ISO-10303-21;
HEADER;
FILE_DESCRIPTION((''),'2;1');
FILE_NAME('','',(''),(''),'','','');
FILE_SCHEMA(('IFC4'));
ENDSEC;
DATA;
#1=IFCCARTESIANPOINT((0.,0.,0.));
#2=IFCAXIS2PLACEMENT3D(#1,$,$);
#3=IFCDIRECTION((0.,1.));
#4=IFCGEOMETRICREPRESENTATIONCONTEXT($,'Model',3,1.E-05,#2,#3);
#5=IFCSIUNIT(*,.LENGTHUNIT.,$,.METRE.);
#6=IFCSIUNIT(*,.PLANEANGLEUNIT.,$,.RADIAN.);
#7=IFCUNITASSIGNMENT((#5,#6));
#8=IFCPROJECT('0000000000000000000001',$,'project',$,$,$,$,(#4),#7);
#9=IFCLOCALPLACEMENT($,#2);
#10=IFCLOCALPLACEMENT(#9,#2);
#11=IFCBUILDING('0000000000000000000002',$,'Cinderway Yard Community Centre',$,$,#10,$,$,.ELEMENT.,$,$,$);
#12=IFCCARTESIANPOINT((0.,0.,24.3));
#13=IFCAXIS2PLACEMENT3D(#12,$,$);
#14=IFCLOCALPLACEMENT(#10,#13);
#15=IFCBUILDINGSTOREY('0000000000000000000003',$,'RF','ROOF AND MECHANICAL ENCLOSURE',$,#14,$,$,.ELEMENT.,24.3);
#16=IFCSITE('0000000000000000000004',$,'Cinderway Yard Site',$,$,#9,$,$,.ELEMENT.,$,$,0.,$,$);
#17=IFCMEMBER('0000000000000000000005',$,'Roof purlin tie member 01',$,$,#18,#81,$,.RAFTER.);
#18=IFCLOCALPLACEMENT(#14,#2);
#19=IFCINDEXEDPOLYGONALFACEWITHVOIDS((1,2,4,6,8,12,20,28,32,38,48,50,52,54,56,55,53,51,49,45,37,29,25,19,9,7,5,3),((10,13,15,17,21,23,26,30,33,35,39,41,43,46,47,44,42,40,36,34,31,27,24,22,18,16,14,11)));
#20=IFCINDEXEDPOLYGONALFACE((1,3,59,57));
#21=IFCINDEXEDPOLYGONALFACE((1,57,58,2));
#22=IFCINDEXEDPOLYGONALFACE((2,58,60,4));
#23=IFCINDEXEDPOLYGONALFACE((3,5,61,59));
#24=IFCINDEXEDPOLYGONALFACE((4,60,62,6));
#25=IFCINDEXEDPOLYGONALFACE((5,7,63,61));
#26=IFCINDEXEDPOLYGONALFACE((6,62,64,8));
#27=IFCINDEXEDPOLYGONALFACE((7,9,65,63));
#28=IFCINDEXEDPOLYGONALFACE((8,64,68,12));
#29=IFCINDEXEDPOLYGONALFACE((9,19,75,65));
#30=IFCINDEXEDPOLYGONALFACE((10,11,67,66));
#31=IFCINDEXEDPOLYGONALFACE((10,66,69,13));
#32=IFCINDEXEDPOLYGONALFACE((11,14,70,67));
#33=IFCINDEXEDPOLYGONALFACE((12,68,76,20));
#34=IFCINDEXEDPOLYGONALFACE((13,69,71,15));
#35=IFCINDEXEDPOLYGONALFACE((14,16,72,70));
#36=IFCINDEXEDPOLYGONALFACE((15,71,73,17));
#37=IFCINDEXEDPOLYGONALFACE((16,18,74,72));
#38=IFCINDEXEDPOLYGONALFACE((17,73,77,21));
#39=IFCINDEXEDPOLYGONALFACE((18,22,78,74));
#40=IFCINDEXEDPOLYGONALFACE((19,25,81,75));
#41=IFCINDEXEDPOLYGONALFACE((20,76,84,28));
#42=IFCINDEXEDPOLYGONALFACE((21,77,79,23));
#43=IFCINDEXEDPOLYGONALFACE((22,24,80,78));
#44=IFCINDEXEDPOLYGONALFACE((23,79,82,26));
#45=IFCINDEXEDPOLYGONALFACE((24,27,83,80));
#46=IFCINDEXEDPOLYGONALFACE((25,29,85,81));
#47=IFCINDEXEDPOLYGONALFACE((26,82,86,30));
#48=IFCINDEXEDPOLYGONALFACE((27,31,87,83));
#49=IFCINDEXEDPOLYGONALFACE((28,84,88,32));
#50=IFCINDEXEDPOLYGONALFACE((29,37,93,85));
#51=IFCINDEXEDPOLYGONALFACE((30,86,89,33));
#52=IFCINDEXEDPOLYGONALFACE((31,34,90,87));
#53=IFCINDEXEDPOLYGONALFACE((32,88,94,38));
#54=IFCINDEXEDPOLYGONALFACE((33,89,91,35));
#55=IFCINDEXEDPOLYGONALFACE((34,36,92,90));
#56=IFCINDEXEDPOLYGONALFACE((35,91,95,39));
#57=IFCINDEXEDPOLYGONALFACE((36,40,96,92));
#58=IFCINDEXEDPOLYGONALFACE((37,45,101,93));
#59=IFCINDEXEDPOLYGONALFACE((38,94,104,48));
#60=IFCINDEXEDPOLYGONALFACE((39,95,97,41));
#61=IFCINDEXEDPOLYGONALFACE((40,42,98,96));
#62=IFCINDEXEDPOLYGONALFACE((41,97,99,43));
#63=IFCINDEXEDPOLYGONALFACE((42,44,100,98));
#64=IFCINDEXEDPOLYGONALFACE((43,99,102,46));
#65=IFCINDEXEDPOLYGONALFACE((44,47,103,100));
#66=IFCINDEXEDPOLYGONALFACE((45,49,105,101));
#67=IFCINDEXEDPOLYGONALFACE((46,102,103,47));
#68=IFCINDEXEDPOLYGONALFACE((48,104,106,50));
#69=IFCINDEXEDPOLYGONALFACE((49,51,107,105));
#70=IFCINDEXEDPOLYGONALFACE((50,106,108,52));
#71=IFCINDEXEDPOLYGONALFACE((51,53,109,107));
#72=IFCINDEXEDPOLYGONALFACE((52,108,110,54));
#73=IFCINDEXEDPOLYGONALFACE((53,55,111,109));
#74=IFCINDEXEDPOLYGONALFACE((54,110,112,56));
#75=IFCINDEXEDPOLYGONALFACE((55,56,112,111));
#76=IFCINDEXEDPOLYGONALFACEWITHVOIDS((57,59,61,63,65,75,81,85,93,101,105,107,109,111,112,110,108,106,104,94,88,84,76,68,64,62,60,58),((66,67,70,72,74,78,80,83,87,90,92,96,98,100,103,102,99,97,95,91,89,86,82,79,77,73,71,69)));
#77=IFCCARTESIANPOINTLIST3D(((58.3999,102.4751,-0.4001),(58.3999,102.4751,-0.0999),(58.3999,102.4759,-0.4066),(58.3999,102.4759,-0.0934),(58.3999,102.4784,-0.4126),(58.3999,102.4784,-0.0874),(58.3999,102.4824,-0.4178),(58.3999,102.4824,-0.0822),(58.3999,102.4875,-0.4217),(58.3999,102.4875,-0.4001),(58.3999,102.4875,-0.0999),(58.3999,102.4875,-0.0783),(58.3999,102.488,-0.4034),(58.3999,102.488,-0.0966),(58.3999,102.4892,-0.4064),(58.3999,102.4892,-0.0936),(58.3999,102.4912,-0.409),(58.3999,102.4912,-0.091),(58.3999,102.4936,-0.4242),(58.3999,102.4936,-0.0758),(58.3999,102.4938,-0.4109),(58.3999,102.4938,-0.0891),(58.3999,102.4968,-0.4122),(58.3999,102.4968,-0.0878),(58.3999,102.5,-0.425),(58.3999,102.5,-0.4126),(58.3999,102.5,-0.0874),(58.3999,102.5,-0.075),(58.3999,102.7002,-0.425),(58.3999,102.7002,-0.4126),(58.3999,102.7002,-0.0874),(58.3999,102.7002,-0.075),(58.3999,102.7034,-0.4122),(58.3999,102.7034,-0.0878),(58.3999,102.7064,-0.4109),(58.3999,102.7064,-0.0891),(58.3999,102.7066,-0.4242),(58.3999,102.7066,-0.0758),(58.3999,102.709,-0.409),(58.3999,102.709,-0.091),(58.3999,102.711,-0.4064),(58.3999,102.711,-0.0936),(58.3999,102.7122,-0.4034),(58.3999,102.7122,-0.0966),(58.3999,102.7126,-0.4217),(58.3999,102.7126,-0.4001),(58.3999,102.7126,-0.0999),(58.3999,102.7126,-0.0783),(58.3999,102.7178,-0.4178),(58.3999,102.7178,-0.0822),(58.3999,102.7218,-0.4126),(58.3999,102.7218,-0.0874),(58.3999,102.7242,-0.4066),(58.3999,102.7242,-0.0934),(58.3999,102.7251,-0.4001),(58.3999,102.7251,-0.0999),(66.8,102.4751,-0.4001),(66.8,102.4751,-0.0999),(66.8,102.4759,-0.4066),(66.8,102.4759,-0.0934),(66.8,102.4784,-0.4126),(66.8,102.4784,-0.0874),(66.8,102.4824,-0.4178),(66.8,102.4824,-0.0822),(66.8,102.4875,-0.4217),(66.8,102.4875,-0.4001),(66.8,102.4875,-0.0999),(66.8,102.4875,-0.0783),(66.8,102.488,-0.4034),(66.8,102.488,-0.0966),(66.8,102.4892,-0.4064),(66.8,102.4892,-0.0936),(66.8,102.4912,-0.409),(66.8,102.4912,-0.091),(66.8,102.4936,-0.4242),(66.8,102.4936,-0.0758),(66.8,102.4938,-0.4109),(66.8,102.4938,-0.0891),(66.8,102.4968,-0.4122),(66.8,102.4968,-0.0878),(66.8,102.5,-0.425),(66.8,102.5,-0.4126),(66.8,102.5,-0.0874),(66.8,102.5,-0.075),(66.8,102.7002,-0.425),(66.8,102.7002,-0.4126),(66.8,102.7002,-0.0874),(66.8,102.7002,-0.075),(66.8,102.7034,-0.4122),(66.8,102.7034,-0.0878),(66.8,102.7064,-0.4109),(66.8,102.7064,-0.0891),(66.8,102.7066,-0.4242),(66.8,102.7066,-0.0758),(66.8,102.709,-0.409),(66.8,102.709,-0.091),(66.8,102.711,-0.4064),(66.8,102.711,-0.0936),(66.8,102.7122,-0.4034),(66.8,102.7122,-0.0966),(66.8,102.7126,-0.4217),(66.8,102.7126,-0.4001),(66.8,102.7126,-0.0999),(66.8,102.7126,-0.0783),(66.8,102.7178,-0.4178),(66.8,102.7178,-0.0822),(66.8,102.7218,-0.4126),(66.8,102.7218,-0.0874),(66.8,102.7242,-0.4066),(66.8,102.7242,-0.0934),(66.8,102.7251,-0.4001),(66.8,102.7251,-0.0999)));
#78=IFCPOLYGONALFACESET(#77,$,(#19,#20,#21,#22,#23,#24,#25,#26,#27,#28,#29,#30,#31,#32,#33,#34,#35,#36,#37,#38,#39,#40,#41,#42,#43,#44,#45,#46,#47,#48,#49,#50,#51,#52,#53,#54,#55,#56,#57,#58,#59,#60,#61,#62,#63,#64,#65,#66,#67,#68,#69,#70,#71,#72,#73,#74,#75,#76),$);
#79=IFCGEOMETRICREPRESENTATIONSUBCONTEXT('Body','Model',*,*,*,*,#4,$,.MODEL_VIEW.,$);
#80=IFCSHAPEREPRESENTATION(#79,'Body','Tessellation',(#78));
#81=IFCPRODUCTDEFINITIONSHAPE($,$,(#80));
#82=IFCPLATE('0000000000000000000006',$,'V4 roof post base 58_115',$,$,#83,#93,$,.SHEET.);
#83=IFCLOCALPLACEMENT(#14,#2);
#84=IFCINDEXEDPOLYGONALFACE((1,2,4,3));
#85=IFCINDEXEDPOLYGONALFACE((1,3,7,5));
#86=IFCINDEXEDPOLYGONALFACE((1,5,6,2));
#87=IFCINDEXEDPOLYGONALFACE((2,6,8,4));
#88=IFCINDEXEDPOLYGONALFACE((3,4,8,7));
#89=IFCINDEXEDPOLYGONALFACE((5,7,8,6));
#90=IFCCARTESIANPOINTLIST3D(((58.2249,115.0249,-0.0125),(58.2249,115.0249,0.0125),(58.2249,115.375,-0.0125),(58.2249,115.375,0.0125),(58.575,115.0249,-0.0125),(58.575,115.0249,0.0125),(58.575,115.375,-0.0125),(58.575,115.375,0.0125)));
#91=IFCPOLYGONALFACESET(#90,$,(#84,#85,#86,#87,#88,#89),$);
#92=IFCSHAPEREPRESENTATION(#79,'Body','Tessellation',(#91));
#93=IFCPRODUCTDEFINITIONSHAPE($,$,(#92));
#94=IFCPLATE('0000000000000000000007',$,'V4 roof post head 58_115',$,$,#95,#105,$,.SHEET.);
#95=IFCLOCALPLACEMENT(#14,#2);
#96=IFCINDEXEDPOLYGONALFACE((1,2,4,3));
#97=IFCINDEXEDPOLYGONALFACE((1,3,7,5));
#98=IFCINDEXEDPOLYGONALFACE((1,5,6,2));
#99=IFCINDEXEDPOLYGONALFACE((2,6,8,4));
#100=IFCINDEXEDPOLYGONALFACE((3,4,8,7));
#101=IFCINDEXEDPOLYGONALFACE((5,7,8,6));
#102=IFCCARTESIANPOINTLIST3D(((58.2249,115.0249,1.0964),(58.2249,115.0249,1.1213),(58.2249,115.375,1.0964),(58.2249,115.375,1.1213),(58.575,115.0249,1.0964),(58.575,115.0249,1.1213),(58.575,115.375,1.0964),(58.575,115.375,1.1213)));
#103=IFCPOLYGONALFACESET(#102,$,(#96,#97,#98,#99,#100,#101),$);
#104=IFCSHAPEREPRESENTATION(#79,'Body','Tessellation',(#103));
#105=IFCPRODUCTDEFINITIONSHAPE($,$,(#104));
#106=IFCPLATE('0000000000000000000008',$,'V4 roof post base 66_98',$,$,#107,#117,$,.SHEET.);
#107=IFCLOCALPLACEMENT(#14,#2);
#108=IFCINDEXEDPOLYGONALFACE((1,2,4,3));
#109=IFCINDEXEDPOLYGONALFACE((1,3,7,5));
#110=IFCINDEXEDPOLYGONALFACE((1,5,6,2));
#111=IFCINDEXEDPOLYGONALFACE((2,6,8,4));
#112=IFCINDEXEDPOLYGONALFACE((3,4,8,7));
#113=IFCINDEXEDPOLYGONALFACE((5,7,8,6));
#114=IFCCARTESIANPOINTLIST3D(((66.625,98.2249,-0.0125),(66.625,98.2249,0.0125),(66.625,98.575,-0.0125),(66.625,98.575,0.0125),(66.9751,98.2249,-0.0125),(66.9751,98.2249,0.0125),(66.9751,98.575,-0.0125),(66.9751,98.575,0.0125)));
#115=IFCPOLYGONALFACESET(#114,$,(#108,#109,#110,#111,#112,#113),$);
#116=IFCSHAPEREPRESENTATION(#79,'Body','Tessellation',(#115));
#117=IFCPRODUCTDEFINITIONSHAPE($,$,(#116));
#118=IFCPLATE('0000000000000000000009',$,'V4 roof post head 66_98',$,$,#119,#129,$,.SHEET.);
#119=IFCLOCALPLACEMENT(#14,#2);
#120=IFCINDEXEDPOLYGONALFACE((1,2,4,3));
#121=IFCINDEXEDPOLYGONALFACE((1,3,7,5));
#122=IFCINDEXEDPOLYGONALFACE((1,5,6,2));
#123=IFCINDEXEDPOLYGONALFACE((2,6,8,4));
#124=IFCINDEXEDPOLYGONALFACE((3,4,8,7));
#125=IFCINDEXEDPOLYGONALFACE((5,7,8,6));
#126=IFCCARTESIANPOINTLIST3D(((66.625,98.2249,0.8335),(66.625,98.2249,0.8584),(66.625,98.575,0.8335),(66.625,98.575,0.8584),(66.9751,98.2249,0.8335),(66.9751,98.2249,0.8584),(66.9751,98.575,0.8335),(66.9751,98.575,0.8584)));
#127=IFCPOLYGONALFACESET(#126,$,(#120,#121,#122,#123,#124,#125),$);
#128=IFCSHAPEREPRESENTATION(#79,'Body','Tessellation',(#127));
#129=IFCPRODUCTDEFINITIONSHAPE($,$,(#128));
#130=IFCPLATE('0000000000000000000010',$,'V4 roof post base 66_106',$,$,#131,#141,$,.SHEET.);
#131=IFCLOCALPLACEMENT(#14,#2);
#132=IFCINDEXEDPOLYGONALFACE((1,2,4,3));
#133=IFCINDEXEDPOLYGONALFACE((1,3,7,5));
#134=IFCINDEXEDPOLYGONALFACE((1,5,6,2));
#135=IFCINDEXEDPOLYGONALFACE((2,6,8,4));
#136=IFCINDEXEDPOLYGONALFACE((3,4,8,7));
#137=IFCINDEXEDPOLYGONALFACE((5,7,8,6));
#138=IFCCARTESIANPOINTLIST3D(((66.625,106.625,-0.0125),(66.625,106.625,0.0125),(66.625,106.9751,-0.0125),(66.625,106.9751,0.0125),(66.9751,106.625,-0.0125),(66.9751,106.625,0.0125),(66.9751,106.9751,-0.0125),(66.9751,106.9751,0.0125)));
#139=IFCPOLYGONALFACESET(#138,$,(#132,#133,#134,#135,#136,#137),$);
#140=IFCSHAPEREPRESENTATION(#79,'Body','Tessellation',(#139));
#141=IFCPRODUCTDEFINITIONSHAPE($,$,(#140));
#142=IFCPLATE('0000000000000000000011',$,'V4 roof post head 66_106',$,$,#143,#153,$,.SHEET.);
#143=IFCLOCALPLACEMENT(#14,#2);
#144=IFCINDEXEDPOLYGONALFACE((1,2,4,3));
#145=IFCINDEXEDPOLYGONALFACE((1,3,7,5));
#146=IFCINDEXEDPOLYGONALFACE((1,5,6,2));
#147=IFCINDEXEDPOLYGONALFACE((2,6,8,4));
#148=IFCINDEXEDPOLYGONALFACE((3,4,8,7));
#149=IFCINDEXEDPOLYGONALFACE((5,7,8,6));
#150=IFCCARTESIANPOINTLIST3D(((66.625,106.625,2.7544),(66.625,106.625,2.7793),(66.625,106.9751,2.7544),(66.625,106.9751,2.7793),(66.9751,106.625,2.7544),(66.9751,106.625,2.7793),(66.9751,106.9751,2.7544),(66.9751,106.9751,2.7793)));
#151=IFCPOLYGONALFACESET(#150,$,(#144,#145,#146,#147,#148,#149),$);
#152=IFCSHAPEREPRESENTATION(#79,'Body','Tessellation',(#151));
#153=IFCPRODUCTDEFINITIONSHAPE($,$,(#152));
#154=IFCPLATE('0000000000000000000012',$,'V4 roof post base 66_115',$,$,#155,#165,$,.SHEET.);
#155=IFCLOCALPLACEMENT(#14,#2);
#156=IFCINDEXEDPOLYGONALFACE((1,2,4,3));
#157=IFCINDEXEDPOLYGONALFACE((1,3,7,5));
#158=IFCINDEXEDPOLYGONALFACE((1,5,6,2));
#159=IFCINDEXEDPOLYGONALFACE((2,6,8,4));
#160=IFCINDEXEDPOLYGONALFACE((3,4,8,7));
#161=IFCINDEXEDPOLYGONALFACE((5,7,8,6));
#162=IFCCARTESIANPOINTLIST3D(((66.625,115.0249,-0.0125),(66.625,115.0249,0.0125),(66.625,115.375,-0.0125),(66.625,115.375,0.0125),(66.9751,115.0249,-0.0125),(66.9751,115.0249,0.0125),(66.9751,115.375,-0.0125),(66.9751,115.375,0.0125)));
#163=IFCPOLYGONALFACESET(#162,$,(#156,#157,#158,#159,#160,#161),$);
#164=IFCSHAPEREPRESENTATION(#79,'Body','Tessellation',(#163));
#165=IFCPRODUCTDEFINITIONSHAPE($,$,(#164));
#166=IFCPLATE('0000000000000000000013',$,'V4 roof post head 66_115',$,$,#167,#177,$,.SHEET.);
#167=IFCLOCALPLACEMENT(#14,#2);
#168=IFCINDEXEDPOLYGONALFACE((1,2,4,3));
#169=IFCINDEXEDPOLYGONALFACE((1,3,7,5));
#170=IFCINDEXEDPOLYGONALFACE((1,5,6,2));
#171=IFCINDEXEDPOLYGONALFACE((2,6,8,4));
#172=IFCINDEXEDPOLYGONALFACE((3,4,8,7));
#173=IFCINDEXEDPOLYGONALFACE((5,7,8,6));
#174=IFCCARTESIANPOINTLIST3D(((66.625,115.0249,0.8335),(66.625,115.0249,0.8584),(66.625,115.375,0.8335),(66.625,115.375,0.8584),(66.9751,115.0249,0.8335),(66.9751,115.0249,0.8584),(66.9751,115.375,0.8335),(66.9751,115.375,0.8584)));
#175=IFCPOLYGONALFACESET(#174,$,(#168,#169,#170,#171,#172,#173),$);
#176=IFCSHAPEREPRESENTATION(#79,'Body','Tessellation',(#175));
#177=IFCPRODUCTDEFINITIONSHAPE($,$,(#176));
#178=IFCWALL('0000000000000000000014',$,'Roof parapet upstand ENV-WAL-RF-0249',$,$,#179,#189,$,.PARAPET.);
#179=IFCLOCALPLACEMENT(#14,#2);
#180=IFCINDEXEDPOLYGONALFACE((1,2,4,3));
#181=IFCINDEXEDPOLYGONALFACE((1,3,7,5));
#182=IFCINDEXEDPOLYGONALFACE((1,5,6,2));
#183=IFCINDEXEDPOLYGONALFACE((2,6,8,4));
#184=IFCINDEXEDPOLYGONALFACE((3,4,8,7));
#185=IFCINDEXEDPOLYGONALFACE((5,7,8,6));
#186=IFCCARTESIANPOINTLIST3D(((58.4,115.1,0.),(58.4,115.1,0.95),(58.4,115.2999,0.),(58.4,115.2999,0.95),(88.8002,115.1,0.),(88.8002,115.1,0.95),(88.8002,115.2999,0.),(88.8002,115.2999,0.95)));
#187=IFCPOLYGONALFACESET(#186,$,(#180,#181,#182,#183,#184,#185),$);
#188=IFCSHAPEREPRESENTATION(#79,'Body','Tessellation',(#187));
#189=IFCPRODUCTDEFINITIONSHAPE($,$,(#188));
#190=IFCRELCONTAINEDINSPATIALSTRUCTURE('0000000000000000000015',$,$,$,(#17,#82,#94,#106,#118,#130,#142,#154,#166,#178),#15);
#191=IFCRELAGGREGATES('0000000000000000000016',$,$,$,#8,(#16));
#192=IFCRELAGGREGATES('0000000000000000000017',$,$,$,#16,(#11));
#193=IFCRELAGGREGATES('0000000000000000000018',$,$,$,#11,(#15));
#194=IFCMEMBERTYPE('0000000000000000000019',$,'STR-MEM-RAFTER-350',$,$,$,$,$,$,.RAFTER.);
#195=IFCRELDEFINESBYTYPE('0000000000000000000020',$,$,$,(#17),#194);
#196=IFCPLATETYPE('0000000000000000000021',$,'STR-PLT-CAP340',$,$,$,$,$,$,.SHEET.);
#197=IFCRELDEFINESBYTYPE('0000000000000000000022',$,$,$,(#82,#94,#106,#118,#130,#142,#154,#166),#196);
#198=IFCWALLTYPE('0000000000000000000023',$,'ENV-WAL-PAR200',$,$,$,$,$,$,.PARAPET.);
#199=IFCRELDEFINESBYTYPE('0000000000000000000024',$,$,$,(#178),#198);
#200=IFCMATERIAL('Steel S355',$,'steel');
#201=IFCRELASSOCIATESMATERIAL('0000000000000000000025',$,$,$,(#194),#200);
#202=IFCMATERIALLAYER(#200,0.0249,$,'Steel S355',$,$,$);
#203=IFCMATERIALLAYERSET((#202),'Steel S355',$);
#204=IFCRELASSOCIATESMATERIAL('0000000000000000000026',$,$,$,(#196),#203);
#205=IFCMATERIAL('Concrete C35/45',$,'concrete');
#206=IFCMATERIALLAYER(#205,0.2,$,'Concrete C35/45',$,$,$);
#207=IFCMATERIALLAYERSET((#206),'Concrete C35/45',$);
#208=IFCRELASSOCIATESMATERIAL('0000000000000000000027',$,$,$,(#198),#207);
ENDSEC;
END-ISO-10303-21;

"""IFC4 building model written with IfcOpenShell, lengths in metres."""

from ifc_helpers import new_model, si_unit, direction, frame, frame_2d, origin, origin_2d, place, context, subcontext, project, spatial, rectangle, hollow_rectangle, extrude, material, layer, layer_set, material_profile, profile_set, type_object, element, save


model = new_model("IFC4")

# Units and contexts
model_context = context("Model", 3, precision=1e-05, world=origin(), true_north=direction((0.0, 1.0)))
body_context = subcontext(model_context, "Body", "Model", "MODEL_VIEW")
ifc_project = project(units=[si_unit("LENGTHUNIT", "METRE"), si_unit("PLANEANGLEUNIT", "RADIAN")], contexts=[model_context])

# Site, building, storey
site_placement = place(None, origin())
site = spatial("IfcSite", under=ifc_project, at=site_placement, Name="Cinderway Yard Site", CompositionType="ELEMENT", RefElevation=0.0)
building_placement = place(site_placement, origin())
building = spatial("IfcBuilding", under=site, at=building_placement, Name="Cinderway Yard Community Centre", CompositionType="ELEMENT")
storey_placement = place(building_placement, frame((0.0, 0.0, 24.3)))
storey = spatial("IfcBuildingStorey", under=building, at=storey_placement, Name="RF", Description="ROOF AND MECHANICAL ENCLOSURE", CompositionType="ELEMENT", Elevation=24.3)

# Shared definitions
ifc_material_1 = material(Name="Steel S355", Category="steel")

# Member
ifc_material_profile_1 = material_profile(ifc_material_1, hollow_rectangle(XDim=0.25, YDim=0.3501, WallThickness=0.0125, InnerFilletRadius=0.0125, OuterFilletRadius=0.0249, at=origin_2d()), Name="Steel S355")
ifc_profile_set_1 = profile_set([ifc_material_profile_1], Name="Steel S355")
member_type_1 = type_object("IfcMemberType", Name="STR-MEM-RAFTER-350", PredefinedType="RAFTER", material=ifc_profile_set_1)
member_1_placement = place(storey_placement, frame((58.3999, 102.6001, -0.25), z_axis=(1.0, 0.0, 0.0), x_axis=(0.0, 1.0, 0.0)))
element("IfcMember", 1, at=member_1_placement, inside=storey, type_object=member_type_1, Name="Roof purlin tie member 01", PredefinedType="RAFTER", context=body_context, shape_type="SweptSolid", body=[
    extrude(hollow_rectangle(XDim=0.25, YDim=0.3501, WallThickness=0.0125, InnerFilletRadius=0.0125, OuterFilletRadius=0.0249, at=origin_2d()), origin(), (0.0, 0.0, 1.0), 8.4001),
])

# Plates
ifc_layer_1 = layer(ifc_material_1, 0.0249, Name="Steel S355")
ifc_layer_set_1 = layer_set([ifc_layer_1], Name="Steel S355")
plate_type = type_object("IfcPlateType", Name="STR-PLT-CAP340", PredefinedType="SHEET", material=ifc_layer_set_1)
for number, where, z_axis, x_axis, name in (
    (2, (58.3999, 115.2, -0.0125), (0.0, 0.0, 1.0), (1.0, 0.0, 0.0), "V4 roof post base 58_115"),
    (3, (58.3999, 115.2, 1.0964), (0.0, 0.0, 1.0), (1.0, 0.0, 0.0), "V4 roof post head 58_115"),
    (4, (66.8, 98.3999, -0.0125), (0.0, 0.0, 1.0), (1.0, 0.0, 0.0), "V4 roof post base 66_98"),
    (5, (66.8, 98.3999, 0.8335), (0.0, 0.0, 1.0), (1.0, 0.0, 0.0), "V4 roof post head 66_98"),
    (6, (66.8, 106.8, -0.0125), (0.0, 0.0, 1.0), (1.0, 0.0, 0.0), "V4 roof post base 66_106"),
    (7, (66.8, 106.8, 2.7544), (0.0, 0.0, 1.0), (1.0, 0.0, 0.0), "V4 roof post head 66_106"),
    (8, (66.8, 115.2, -0.0125), (0.0, 0.0, 1.0), (1.0, 0.0, 0.0), "V4 roof post base 66_115"),
    (9, (66.8, 115.2, 0.8335), (0.0, 0.0, 1.0), (1.0, 0.0, 0.0), "V4 roof post head 66_115"),
):
    element("IfcPlate", number, at=place(storey_placement, frame(where, z_axis=z_axis, x_axis=x_axis)), inside=storey, type_object=plate_type, Name=name, PredefinedType="SHEET", context=body_context, shape_type="SweptSolid", body=[
        extrude(rectangle(XDim=0.3501, YDim=0.3501, at=origin_2d()), origin(), (0.0, 0.0, 1.0), 0.0249),
    ])

# Wall
ifc_material_2 = material(Name="Concrete C35/45", Category="concrete")
ifc_layer_2 = layer(ifc_material_2, 0.2, Name="Concrete C35/45")
ifc_layer_set_2 = layer_set([ifc_layer_2], Name="Concrete C35/45")
wall_type = type_object("IfcWallType", Name="ENV-WAL-PAR200", PredefinedType="PARAPET", material=ifc_layer_set_2)
wall_placement = place(storey_placement, frame((58.3999, 115.2, 0.0), z_axis=(0.0, 0.0, 1.0), x_axis=(1.0, 0.0, 0.0)))
element("IfcWall", 10, at=wall_placement, inside=storey, type_object=wall_type, Name="Roof parapet upstand ENV-WAL-RF-0249", PredefinedType="PARAPET", context=body_context, shape_type="SweptSolid", body=[
    extrude(rectangle(XDim=30.4001, YDim=0.2, at=frame_2d((15.2002, 0.0))), origin(), (0.0, 0.0, 1.0), 0.95),
])

save(model, "model.ifc")
